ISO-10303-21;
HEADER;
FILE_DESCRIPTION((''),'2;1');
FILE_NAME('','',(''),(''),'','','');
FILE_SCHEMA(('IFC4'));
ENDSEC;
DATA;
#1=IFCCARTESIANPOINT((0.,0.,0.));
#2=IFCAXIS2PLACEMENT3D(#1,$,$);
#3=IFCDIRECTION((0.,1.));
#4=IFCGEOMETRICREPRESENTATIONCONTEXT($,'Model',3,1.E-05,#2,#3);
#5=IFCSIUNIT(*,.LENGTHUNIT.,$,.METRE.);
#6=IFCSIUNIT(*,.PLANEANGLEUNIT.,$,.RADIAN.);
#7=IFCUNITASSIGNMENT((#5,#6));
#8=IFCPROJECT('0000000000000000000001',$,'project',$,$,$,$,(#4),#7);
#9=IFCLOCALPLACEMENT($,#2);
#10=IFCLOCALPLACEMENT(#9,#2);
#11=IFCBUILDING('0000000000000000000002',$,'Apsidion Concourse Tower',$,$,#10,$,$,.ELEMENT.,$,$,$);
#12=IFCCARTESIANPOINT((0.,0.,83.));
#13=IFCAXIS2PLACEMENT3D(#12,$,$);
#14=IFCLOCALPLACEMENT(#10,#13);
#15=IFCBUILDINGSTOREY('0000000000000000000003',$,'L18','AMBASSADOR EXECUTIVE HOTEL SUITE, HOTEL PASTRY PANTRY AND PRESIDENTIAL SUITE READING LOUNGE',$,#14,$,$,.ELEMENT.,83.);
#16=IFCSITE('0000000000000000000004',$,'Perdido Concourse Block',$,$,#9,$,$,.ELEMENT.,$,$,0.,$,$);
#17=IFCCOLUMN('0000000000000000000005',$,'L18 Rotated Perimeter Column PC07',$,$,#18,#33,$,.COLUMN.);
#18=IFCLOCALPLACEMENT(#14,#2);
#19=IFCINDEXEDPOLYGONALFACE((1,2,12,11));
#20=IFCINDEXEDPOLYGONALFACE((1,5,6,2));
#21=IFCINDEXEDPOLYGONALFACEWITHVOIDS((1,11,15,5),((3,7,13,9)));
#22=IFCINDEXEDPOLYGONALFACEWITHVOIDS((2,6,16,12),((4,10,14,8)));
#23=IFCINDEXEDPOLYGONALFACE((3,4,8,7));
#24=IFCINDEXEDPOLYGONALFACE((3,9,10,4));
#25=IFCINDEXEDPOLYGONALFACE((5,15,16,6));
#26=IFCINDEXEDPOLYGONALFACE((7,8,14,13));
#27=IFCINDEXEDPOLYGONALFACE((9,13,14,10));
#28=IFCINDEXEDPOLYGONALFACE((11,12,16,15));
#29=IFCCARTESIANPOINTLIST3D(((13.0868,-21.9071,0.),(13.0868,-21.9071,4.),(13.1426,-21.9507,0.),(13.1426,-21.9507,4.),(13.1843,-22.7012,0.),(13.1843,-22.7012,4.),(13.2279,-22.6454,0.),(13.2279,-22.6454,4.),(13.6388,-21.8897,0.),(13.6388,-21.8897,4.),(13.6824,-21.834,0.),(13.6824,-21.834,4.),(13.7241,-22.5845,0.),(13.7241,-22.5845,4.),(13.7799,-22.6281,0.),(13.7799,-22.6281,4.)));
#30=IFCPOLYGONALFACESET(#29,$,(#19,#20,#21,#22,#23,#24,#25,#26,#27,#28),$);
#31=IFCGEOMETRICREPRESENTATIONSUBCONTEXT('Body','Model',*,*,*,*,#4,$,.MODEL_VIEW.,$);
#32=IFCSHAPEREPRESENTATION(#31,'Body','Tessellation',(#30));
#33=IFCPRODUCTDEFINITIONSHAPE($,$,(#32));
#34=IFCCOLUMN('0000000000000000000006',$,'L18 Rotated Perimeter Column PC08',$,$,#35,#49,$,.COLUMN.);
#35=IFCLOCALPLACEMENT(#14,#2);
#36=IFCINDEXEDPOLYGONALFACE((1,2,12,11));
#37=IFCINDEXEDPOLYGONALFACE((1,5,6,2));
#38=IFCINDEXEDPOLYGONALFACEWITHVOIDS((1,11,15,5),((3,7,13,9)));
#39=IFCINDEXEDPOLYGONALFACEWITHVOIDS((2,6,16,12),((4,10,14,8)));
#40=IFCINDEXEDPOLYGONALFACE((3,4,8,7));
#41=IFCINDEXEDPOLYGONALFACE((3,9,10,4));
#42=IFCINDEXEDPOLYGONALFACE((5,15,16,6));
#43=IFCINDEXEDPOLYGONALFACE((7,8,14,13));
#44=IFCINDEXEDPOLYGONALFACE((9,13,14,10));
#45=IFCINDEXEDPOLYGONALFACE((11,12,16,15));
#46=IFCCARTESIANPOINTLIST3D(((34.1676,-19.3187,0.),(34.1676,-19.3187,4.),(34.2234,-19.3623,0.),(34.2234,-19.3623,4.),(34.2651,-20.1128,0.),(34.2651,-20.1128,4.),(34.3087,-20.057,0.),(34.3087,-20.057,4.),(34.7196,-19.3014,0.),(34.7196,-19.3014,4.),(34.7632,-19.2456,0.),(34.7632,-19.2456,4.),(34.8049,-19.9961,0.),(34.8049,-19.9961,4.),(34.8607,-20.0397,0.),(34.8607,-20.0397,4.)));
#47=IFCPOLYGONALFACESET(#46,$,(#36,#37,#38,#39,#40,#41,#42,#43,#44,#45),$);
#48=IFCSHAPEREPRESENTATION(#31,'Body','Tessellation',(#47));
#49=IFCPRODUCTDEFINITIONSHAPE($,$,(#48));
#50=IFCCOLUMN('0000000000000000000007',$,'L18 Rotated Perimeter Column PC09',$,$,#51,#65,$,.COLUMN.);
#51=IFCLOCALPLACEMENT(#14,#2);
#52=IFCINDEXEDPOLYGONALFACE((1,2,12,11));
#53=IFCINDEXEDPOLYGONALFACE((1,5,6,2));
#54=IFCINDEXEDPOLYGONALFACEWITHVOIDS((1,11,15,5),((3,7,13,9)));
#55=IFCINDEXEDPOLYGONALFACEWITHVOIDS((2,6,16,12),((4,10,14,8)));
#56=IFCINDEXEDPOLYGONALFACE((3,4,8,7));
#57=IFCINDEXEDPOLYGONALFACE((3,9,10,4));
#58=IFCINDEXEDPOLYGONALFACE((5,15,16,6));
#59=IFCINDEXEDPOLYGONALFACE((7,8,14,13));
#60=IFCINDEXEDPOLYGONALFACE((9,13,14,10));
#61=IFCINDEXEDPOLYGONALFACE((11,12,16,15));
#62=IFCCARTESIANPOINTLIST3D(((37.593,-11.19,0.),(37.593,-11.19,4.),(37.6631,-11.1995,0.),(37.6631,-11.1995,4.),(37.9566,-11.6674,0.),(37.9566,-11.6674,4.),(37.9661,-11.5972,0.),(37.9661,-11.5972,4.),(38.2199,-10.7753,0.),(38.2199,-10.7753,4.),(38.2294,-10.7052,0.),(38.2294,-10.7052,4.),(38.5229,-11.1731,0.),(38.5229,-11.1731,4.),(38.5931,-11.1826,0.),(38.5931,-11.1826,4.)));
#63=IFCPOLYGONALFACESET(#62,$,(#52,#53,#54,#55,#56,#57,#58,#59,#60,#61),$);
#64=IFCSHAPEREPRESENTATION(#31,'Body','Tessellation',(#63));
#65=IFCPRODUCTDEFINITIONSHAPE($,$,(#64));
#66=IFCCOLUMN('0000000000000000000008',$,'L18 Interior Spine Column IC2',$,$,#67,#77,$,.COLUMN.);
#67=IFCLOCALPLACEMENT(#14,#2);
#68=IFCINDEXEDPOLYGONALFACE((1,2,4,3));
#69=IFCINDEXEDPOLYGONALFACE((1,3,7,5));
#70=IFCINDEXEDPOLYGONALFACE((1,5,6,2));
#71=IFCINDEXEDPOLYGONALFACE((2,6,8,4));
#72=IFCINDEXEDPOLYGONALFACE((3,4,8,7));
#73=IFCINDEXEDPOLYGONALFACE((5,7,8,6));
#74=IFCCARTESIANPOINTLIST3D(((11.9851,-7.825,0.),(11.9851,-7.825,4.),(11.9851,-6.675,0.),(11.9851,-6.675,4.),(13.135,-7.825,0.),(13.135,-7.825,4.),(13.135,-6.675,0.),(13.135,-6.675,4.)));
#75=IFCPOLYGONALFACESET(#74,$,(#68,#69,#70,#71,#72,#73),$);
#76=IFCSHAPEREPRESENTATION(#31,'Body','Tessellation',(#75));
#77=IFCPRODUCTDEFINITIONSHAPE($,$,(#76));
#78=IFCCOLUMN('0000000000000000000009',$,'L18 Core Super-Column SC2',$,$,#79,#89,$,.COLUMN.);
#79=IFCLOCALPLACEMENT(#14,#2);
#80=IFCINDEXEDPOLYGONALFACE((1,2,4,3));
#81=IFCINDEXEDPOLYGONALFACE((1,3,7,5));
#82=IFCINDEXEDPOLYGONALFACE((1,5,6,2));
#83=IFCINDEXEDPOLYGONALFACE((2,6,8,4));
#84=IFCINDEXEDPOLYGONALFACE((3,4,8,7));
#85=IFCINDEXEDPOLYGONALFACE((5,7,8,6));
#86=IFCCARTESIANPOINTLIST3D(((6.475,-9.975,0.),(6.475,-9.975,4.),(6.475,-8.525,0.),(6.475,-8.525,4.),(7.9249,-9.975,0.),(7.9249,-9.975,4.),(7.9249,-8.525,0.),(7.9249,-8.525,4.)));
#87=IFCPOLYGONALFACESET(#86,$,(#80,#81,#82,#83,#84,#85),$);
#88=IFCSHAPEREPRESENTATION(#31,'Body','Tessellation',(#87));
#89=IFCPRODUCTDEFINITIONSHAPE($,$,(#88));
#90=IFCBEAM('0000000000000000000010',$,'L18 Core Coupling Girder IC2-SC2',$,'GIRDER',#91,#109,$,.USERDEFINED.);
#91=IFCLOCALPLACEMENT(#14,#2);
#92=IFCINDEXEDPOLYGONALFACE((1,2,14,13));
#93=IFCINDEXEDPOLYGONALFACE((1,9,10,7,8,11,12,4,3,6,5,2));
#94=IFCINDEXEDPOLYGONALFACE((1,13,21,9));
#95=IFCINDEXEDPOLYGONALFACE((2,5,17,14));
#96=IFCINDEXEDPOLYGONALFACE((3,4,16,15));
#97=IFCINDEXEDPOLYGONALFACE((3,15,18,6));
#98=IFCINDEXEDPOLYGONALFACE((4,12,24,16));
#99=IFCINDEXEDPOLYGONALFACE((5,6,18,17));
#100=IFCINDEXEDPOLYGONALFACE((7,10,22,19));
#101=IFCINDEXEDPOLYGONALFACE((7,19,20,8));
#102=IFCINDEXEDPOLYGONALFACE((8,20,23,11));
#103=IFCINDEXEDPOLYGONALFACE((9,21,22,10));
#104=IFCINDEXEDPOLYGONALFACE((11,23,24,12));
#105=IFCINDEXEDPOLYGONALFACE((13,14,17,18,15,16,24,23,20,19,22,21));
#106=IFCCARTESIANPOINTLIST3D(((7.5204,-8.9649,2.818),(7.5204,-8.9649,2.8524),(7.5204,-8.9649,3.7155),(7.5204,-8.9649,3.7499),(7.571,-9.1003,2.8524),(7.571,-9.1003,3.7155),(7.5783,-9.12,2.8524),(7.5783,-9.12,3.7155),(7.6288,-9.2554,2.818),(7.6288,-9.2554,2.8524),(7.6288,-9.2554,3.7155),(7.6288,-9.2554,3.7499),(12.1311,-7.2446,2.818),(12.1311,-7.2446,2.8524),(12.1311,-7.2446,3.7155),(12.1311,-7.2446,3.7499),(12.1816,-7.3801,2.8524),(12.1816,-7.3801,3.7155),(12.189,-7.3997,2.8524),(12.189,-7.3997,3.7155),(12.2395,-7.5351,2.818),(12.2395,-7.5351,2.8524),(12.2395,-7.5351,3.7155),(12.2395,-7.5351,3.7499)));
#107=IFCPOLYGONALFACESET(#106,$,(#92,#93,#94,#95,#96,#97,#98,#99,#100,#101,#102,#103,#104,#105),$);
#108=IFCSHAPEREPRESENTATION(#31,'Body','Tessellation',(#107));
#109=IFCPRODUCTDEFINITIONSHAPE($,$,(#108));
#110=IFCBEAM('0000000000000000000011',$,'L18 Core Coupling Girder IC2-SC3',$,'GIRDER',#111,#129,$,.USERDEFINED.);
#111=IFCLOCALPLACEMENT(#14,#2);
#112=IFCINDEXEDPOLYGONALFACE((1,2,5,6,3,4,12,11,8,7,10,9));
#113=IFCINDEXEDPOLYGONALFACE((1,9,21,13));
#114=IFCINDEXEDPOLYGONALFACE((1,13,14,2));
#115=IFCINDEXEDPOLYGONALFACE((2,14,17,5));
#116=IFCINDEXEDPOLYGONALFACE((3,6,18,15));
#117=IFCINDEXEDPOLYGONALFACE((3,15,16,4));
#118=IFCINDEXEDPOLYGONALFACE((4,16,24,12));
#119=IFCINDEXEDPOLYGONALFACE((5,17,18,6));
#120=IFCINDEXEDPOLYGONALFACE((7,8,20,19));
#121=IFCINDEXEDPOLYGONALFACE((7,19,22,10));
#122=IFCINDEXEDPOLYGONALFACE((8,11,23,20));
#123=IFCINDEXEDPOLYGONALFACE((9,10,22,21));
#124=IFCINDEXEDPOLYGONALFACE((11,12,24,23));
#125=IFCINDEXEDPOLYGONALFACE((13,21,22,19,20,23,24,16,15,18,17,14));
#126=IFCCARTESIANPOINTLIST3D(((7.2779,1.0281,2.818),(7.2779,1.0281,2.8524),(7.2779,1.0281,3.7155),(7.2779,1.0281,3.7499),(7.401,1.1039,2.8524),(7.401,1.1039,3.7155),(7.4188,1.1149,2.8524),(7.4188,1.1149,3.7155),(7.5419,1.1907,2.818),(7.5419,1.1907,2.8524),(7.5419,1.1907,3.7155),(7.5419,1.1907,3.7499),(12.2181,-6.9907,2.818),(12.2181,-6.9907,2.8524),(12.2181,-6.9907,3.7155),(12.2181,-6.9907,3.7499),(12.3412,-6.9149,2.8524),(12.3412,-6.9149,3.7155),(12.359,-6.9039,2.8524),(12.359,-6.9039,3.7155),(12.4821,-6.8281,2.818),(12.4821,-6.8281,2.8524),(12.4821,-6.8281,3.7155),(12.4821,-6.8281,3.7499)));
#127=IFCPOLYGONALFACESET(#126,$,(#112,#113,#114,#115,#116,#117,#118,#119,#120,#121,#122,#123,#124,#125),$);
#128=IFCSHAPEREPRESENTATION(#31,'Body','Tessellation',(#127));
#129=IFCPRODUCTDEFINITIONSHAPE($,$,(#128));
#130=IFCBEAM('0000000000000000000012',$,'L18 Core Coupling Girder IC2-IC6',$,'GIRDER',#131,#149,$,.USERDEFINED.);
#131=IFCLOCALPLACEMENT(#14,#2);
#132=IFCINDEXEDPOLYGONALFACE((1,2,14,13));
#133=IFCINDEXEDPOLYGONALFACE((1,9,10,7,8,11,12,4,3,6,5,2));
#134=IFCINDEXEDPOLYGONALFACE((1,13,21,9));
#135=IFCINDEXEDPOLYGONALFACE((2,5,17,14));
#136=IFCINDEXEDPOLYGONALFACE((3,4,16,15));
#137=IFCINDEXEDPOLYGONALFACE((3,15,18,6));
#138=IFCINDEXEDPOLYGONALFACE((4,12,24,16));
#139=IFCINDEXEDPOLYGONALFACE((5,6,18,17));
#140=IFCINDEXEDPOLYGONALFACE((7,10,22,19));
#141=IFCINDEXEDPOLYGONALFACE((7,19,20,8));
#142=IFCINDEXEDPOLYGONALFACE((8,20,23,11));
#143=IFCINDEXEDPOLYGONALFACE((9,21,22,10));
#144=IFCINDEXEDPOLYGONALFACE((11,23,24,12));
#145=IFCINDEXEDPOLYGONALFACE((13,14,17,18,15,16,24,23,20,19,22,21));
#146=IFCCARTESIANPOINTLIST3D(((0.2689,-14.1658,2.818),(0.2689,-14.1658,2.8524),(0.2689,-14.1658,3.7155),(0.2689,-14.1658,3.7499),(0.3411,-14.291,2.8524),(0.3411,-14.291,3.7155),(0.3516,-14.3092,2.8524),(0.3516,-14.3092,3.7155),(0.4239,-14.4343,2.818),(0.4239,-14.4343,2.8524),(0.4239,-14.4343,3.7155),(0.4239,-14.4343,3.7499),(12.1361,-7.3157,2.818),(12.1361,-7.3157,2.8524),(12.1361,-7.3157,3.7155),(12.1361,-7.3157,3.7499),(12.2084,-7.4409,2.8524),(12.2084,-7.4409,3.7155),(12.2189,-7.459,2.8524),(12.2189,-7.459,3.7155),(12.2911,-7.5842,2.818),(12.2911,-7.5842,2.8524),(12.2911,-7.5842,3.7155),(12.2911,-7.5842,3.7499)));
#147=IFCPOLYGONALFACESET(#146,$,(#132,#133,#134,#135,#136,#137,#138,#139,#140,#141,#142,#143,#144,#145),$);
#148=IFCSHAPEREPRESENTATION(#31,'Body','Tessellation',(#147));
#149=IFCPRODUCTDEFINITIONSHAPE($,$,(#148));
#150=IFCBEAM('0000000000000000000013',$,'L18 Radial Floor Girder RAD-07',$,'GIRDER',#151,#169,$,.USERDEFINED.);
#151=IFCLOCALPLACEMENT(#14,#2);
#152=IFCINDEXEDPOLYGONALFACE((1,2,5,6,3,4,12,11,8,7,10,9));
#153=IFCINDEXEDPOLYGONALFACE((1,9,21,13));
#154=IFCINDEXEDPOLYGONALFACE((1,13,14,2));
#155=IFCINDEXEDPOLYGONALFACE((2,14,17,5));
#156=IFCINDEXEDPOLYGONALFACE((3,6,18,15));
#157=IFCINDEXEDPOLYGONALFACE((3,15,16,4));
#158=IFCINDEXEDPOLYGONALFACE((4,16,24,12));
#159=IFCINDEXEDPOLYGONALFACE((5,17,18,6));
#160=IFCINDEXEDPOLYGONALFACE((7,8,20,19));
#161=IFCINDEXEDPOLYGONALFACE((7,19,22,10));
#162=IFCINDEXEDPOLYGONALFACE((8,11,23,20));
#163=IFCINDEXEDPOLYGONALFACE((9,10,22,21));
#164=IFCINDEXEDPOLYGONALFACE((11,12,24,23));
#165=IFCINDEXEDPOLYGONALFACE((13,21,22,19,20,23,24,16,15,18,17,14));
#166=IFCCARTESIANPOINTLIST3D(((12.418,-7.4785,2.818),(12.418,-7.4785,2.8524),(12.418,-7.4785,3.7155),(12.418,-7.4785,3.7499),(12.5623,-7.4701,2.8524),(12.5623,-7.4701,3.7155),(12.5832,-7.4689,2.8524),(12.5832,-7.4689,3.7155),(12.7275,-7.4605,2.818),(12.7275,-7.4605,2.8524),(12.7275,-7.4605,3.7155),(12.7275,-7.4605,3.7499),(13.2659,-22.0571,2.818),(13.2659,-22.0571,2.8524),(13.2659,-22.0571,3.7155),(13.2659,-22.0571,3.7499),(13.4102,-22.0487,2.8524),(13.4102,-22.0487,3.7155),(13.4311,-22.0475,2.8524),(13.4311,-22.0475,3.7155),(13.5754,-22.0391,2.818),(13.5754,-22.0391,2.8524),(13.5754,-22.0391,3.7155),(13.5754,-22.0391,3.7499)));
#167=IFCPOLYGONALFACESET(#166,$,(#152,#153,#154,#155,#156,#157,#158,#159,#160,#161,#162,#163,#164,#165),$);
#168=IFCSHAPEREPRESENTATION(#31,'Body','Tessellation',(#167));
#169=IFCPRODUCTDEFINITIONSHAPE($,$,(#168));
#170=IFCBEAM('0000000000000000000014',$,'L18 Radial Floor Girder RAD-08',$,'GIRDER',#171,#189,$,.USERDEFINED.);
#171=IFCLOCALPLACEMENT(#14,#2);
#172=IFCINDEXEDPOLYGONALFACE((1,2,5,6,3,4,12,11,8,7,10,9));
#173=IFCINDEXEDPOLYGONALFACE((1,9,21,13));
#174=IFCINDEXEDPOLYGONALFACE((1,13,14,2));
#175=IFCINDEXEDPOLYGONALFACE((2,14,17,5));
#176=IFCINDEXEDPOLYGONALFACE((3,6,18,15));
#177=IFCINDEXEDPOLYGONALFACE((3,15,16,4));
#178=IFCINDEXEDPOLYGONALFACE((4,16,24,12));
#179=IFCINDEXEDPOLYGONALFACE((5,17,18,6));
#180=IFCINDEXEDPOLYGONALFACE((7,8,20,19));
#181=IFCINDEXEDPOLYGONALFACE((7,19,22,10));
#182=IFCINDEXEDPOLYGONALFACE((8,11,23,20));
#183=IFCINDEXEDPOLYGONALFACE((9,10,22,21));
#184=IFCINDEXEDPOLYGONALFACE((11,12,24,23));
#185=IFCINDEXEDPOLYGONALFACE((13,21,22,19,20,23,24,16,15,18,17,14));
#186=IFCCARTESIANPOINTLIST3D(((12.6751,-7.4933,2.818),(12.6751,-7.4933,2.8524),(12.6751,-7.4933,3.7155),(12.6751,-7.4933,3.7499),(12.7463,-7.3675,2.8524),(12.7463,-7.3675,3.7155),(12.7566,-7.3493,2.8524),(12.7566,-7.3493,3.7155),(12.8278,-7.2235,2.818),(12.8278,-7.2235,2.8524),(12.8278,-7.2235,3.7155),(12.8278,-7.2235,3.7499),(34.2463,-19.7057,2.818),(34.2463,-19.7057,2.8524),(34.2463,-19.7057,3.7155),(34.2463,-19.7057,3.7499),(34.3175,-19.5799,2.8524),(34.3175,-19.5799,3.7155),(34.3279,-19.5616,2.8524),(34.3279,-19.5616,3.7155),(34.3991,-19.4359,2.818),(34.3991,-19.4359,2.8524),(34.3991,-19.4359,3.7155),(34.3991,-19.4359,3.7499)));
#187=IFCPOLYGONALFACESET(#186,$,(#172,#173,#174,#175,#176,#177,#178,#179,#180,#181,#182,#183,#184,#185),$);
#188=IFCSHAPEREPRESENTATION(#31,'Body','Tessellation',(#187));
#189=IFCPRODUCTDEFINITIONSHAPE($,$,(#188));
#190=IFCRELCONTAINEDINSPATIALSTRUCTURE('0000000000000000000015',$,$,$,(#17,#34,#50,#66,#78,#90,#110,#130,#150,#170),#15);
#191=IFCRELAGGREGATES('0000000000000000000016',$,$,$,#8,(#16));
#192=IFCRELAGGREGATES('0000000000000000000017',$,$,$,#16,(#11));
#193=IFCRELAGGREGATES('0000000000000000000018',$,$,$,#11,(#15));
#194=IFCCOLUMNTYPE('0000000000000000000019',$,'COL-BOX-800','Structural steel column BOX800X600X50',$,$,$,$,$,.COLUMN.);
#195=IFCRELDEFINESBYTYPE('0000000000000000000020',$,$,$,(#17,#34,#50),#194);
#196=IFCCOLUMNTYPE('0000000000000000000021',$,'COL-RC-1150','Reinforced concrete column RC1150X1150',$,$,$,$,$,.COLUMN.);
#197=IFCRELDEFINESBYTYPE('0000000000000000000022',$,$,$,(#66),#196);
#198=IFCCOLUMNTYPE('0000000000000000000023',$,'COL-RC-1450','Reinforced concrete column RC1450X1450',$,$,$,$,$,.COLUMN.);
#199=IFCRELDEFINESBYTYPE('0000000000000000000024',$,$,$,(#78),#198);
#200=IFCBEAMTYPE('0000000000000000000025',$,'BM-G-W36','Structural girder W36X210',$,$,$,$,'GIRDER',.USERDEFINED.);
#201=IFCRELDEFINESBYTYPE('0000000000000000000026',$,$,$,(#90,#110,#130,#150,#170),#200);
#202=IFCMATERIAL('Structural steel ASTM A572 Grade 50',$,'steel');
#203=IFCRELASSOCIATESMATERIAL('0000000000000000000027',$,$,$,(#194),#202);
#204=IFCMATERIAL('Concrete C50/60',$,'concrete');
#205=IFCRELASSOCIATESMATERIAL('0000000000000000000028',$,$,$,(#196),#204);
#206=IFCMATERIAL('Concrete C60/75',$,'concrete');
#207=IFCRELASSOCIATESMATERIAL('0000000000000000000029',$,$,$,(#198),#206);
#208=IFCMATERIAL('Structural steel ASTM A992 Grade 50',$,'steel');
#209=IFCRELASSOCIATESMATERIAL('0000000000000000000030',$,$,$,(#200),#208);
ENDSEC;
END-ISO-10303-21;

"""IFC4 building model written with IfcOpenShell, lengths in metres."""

from ifc_helpers import new_model, si_unit, direction, frame, origin, origin_2d, place, context, subcontext, project, spatial, rectangle, hollow_rectangle, i_section, extrude, material, material_profile, profile_set, type_object, element, save


model = new_model("IFC4")

# Units and contexts
model_context = context("Model", 3, precision=1e-05, world=origin(), true_north=direction((0.0, 1.0)))
body_context = subcontext(model_context, "Body", "Model", "MODEL_VIEW")
ifc_project = project(units=[si_unit("LENGTHUNIT", "METRE"), si_unit("PLANEANGLEUNIT", "RADIAN")], contexts=[model_context])

# Site, building, storey
site_placement = place(None, origin())
site = spatial("IfcSite", under=ifc_project, at=site_placement, Name="Perdido Concourse Block", CompositionType="ELEMENT", RefElevation=0.0)
building_placement = place(site_placement, origin())
building = spatial("IfcBuilding", under=site, at=building_placement, Name="Apsidion Concourse Tower", CompositionType="ELEMENT")
storey_placement = place(building_placement, frame((0.0, 0.0, 83.0)))
storey = spatial("IfcBuildingStorey", under=building, at=storey_placement, Name="L18", Description="AMBASSADOR EXECUTIVE HOTEL SUITE, HOTEL PASTRY PANTRY AND PRESIDENTIAL SUITE READING LOUNGE", CompositionType="ELEMENT", Elevation=83.0)

# Columns
ifc_material_1 = material(Name="Structural steel ASTM A572 Grade 50", Category="steel")
ifc_material_profile_1 = material_profile(ifc_material_1, hollow_rectangle(XDim=0.6001, YDim=0.8, WallThickness=0.05, at=origin_2d()), Name="BOX800X600X50")
ifc_profile_set_1 = profile_set([ifc_material_profile_1], Name="Structural steel ASTM A572 Grade 50")
column_type_1 = type_object("IfcColumnType", Name="COL-BOX-800", Description="Structural steel column BOX800X600X50", PredefinedType="COLUMN", material=ifc_profile_set_1)
for number, where, z_axis, x_axis, name in (
    (1, (13.4333, -22.2676, 0.0), (0.0, 0.0, 1.0), (0.992546, 0.121869, 0.0), "L18 Rotated Perimeter Column PC07"),
    (2, (34.5142, -19.6792, 0.0), (0.0, 0.0, 1.0), (0.992546, 0.121869, 0.0), "L18 Rotated Perimeter Column PC08"),
    (3, (38.093, -11.1863, 0.0), (0.0, 0.0, 1.0), (-0.605988, 0.795473, 0.0), "L18 Rotated Perimeter Column PC09"),
):
    element("IfcColumn", number, at=place(storey_placement, frame(where, z_axis=z_axis, x_axis=x_axis)), inside=storey, type_object=column_type_1, Name=name, PredefinedType="COLUMN", context=body_context, shape_type="SweptSolid", body=[
        extrude(hollow_rectangle(XDim=0.6001, YDim=0.8, WallThickness=0.05, at=origin_2d()), origin(), (0.0, 0.0, 1.0), 4.0),
    ])
ifc_material_2 = material(Name="Concrete C50/60", Category="concrete")
ifc_material_profile_2 = material_profile(ifc_material_2, rectangle(XDim=1.1499, YDim=1.1499, at=origin_2d()), Name="RC 1150x1150")
ifc_profile_set_2 = profile_set([ifc_material_profile_2], Name="Concrete C50/60")
column_type_2 = type_object("IfcColumnType", Name="COL-RC-1150", Description="Reinforced concrete column RC1150X1150", PredefinedType="COLUMN", material=ifc_profile_set_2)
column_1_placement = place(storey_placement, frame((12.5601, -7.25, 0.0), z_axis=(0.0, 0.0, 1.0), x_axis=(1.0, 0.0, 0.0)))
element("IfcColumn", 4, at=column_1_placement, inside=storey, type_object=column_type_2, Name="L18 Interior Spine Column IC2", PredefinedType="COLUMN", context=body_context, shape_type="SweptSolid", body=[
    extrude(rectangle(XDim=1.1499, YDim=1.1499, at=origin_2d()), origin(), (0.0, 0.0, 1.0), 4.0),
])
ifc_material_3 = material(Name="Concrete C60/75", Category="concrete")
ifc_material_profile_3 = material_profile(ifc_material_3, rectangle(XDim=1.45, YDim=1.45, at=origin_2d()), Name="RC 1450x1450")
ifc_profile_set_3 = profile_set([ifc_material_profile_3], Name="Concrete C60/75")
column_type_3 = type_object("IfcColumnType", Name="COL-RC-1450", Description="Reinforced concrete column RC1450X1450", PredefinedType="COLUMN", material=ifc_profile_set_3)
column_2_placement = place(storey_placement, frame((7.2, -9.25, 0.0), z_axis=(0.0, 0.0, 1.0), x_axis=(1.0, 0.0, 0.0)))
element("IfcColumn", 5, at=column_2_placement, inside=storey, type_object=column_type_3, Name="L18 Core Super-Column SC2", PredefinedType="COLUMN", context=body_context, shape_type="SweptSolid", body=[
    extrude(rectangle(XDim=1.45, YDim=1.45, at=origin_2d()), origin(), (0.0, 0.0, 1.0), 4.0),
])

# Beams
ifc_material_4 = material(Name="Structural steel ASTM A992 Grade 50", Category="steel")
ifc_material_profile_4 = material_profile(ifc_material_4, i_section(OverallWidth=0.3101, OverallDepth=0.9319, WebThickness=0.021, FlangeThickness=0.0344, at=origin_2d()), Name="W36X210")
ifc_profile_set_4 = profile_set([ifc_material_profile_4], Name="Structural steel ASTM A992 Grade 50")
beam_type_1 = type_object("IfcBeamType", Name="BM-G-W36", Description="Structural girder W36X210", ElementType="GIRDER", PredefinedType="USERDEFINED", material=ifc_profile_set_4)
beam_1_placement = place(storey_placement, frame((12.1853, -7.3899, 3.2839), z_axis=(-0.936913, -0.349563, 0.0), x_axis=(0.349563, -0.936913, 0.0)))
element("IfcBeam", 6, at=beam_1_placement, inside=storey, type_object=beam_type_1, Name="L18 Core Coupling Girder IC2-SC2", ObjectType="GIRDER", PredefinedType="USERDEFINED", context=body_context, shape_type="SweptSolid", body=[
    extrude(i_section(OverallWidth=0.3101, OverallDepth=0.9319, WebThickness=0.021, FlangeThickness=0.0344, at=origin_2d()), origin(), (0.0, 0.0, 1.0), 4.9211),
])
beam_2_placement = place(storey_placement, frame((12.3501, -6.9094, 3.2839), z_axis=(-0.524524, 0.851396, 0.0), x_axis=(-0.851396, -0.524524, 0.0)))
element("IfcBeam", 7, at=beam_2_placement, inside=storey, type_object=beam_type_1, Name="L18 Core Coupling Girder IC2-SC3", ObjectType="GIRDER", PredefinedType="USERDEFINED", context=body_context, shape_type="SweptSolid", body=[
    extrude(i_section(OverallWidth=0.3101, OverallDepth=0.9319, WebThickness=0.021, FlangeThickness=0.0344, at=origin_2d()), origin(), (0.0, 0.0, 1.0), 9.4185),
])
beam_3_placement = place(storey_placement, frame((12.2136, -7.45, 3.2839), z_axis=(-0.86607, -0.499922, 0.0), x_axis=(0.499922, -0.86607, 0.0)))
element("IfcBeam", 8, at=beam_3_placement, inside=storey, type_object=beam_type_1, Name="L18 Core Coupling Girder IC2-IC6", ObjectType="GIRDER", PredefinedType="USERDEFINED", context=body_context, shape_type="SweptSolid", body=[
    extrude(i_section(OverallWidth=0.3101, OverallDepth=0.9319, WebThickness=0.021, FlangeThickness=0.0344, at=origin_2d()), origin(), (0.0, 0.0, 1.0), 13.7024),
])
beam_4_placement = place(storey_placement, frame((12.5728, -7.4695, 3.2839), z_axis=(0.058062, -0.998313, 0.0), x_axis=(0.998313, 0.058062, 0.0)))
element("IfcBeam", 9, at=beam_4_placement, inside=storey, type_object=beam_type_1, Name="L18 Radial Floor Girder RAD-07", ObjectType="GIRDER", PredefinedType="USERDEFINED", context=body_context, shape_type="SweptSolid", body=[
    extrude(i_section(OverallWidth=0.3101, OverallDepth=0.9319, WebThickness=0.021, FlangeThickness=0.0344, at=origin_2d()), origin(), (0.0, 0.0, 1.0), 14.6033),
])
beam_5_placement = place(storey_placement, frame((12.7515, -7.3584, 3.2839), z_axis=(0.870218, -0.492667, 0.0), x_axis=(0.492667, 0.870218, 0.0)))
element("IfcBeam", 10, at=beam_5_placement, inside=storey, type_object=beam_type_1, Name="L18 Radial Floor Girder RAD-08", ObjectType="GIRDER", PredefinedType="USERDEFINED", context=body_context, shape_type="SweptSolid", body=[
    extrude(i_section(OverallWidth=0.3101, OverallDepth=0.9319, WebThickness=0.021, FlangeThickness=0.0344, at=origin_2d()), origin(), (0.0, 0.0, 1.0), 24.7883),
])

save(model, "model.ifc")
